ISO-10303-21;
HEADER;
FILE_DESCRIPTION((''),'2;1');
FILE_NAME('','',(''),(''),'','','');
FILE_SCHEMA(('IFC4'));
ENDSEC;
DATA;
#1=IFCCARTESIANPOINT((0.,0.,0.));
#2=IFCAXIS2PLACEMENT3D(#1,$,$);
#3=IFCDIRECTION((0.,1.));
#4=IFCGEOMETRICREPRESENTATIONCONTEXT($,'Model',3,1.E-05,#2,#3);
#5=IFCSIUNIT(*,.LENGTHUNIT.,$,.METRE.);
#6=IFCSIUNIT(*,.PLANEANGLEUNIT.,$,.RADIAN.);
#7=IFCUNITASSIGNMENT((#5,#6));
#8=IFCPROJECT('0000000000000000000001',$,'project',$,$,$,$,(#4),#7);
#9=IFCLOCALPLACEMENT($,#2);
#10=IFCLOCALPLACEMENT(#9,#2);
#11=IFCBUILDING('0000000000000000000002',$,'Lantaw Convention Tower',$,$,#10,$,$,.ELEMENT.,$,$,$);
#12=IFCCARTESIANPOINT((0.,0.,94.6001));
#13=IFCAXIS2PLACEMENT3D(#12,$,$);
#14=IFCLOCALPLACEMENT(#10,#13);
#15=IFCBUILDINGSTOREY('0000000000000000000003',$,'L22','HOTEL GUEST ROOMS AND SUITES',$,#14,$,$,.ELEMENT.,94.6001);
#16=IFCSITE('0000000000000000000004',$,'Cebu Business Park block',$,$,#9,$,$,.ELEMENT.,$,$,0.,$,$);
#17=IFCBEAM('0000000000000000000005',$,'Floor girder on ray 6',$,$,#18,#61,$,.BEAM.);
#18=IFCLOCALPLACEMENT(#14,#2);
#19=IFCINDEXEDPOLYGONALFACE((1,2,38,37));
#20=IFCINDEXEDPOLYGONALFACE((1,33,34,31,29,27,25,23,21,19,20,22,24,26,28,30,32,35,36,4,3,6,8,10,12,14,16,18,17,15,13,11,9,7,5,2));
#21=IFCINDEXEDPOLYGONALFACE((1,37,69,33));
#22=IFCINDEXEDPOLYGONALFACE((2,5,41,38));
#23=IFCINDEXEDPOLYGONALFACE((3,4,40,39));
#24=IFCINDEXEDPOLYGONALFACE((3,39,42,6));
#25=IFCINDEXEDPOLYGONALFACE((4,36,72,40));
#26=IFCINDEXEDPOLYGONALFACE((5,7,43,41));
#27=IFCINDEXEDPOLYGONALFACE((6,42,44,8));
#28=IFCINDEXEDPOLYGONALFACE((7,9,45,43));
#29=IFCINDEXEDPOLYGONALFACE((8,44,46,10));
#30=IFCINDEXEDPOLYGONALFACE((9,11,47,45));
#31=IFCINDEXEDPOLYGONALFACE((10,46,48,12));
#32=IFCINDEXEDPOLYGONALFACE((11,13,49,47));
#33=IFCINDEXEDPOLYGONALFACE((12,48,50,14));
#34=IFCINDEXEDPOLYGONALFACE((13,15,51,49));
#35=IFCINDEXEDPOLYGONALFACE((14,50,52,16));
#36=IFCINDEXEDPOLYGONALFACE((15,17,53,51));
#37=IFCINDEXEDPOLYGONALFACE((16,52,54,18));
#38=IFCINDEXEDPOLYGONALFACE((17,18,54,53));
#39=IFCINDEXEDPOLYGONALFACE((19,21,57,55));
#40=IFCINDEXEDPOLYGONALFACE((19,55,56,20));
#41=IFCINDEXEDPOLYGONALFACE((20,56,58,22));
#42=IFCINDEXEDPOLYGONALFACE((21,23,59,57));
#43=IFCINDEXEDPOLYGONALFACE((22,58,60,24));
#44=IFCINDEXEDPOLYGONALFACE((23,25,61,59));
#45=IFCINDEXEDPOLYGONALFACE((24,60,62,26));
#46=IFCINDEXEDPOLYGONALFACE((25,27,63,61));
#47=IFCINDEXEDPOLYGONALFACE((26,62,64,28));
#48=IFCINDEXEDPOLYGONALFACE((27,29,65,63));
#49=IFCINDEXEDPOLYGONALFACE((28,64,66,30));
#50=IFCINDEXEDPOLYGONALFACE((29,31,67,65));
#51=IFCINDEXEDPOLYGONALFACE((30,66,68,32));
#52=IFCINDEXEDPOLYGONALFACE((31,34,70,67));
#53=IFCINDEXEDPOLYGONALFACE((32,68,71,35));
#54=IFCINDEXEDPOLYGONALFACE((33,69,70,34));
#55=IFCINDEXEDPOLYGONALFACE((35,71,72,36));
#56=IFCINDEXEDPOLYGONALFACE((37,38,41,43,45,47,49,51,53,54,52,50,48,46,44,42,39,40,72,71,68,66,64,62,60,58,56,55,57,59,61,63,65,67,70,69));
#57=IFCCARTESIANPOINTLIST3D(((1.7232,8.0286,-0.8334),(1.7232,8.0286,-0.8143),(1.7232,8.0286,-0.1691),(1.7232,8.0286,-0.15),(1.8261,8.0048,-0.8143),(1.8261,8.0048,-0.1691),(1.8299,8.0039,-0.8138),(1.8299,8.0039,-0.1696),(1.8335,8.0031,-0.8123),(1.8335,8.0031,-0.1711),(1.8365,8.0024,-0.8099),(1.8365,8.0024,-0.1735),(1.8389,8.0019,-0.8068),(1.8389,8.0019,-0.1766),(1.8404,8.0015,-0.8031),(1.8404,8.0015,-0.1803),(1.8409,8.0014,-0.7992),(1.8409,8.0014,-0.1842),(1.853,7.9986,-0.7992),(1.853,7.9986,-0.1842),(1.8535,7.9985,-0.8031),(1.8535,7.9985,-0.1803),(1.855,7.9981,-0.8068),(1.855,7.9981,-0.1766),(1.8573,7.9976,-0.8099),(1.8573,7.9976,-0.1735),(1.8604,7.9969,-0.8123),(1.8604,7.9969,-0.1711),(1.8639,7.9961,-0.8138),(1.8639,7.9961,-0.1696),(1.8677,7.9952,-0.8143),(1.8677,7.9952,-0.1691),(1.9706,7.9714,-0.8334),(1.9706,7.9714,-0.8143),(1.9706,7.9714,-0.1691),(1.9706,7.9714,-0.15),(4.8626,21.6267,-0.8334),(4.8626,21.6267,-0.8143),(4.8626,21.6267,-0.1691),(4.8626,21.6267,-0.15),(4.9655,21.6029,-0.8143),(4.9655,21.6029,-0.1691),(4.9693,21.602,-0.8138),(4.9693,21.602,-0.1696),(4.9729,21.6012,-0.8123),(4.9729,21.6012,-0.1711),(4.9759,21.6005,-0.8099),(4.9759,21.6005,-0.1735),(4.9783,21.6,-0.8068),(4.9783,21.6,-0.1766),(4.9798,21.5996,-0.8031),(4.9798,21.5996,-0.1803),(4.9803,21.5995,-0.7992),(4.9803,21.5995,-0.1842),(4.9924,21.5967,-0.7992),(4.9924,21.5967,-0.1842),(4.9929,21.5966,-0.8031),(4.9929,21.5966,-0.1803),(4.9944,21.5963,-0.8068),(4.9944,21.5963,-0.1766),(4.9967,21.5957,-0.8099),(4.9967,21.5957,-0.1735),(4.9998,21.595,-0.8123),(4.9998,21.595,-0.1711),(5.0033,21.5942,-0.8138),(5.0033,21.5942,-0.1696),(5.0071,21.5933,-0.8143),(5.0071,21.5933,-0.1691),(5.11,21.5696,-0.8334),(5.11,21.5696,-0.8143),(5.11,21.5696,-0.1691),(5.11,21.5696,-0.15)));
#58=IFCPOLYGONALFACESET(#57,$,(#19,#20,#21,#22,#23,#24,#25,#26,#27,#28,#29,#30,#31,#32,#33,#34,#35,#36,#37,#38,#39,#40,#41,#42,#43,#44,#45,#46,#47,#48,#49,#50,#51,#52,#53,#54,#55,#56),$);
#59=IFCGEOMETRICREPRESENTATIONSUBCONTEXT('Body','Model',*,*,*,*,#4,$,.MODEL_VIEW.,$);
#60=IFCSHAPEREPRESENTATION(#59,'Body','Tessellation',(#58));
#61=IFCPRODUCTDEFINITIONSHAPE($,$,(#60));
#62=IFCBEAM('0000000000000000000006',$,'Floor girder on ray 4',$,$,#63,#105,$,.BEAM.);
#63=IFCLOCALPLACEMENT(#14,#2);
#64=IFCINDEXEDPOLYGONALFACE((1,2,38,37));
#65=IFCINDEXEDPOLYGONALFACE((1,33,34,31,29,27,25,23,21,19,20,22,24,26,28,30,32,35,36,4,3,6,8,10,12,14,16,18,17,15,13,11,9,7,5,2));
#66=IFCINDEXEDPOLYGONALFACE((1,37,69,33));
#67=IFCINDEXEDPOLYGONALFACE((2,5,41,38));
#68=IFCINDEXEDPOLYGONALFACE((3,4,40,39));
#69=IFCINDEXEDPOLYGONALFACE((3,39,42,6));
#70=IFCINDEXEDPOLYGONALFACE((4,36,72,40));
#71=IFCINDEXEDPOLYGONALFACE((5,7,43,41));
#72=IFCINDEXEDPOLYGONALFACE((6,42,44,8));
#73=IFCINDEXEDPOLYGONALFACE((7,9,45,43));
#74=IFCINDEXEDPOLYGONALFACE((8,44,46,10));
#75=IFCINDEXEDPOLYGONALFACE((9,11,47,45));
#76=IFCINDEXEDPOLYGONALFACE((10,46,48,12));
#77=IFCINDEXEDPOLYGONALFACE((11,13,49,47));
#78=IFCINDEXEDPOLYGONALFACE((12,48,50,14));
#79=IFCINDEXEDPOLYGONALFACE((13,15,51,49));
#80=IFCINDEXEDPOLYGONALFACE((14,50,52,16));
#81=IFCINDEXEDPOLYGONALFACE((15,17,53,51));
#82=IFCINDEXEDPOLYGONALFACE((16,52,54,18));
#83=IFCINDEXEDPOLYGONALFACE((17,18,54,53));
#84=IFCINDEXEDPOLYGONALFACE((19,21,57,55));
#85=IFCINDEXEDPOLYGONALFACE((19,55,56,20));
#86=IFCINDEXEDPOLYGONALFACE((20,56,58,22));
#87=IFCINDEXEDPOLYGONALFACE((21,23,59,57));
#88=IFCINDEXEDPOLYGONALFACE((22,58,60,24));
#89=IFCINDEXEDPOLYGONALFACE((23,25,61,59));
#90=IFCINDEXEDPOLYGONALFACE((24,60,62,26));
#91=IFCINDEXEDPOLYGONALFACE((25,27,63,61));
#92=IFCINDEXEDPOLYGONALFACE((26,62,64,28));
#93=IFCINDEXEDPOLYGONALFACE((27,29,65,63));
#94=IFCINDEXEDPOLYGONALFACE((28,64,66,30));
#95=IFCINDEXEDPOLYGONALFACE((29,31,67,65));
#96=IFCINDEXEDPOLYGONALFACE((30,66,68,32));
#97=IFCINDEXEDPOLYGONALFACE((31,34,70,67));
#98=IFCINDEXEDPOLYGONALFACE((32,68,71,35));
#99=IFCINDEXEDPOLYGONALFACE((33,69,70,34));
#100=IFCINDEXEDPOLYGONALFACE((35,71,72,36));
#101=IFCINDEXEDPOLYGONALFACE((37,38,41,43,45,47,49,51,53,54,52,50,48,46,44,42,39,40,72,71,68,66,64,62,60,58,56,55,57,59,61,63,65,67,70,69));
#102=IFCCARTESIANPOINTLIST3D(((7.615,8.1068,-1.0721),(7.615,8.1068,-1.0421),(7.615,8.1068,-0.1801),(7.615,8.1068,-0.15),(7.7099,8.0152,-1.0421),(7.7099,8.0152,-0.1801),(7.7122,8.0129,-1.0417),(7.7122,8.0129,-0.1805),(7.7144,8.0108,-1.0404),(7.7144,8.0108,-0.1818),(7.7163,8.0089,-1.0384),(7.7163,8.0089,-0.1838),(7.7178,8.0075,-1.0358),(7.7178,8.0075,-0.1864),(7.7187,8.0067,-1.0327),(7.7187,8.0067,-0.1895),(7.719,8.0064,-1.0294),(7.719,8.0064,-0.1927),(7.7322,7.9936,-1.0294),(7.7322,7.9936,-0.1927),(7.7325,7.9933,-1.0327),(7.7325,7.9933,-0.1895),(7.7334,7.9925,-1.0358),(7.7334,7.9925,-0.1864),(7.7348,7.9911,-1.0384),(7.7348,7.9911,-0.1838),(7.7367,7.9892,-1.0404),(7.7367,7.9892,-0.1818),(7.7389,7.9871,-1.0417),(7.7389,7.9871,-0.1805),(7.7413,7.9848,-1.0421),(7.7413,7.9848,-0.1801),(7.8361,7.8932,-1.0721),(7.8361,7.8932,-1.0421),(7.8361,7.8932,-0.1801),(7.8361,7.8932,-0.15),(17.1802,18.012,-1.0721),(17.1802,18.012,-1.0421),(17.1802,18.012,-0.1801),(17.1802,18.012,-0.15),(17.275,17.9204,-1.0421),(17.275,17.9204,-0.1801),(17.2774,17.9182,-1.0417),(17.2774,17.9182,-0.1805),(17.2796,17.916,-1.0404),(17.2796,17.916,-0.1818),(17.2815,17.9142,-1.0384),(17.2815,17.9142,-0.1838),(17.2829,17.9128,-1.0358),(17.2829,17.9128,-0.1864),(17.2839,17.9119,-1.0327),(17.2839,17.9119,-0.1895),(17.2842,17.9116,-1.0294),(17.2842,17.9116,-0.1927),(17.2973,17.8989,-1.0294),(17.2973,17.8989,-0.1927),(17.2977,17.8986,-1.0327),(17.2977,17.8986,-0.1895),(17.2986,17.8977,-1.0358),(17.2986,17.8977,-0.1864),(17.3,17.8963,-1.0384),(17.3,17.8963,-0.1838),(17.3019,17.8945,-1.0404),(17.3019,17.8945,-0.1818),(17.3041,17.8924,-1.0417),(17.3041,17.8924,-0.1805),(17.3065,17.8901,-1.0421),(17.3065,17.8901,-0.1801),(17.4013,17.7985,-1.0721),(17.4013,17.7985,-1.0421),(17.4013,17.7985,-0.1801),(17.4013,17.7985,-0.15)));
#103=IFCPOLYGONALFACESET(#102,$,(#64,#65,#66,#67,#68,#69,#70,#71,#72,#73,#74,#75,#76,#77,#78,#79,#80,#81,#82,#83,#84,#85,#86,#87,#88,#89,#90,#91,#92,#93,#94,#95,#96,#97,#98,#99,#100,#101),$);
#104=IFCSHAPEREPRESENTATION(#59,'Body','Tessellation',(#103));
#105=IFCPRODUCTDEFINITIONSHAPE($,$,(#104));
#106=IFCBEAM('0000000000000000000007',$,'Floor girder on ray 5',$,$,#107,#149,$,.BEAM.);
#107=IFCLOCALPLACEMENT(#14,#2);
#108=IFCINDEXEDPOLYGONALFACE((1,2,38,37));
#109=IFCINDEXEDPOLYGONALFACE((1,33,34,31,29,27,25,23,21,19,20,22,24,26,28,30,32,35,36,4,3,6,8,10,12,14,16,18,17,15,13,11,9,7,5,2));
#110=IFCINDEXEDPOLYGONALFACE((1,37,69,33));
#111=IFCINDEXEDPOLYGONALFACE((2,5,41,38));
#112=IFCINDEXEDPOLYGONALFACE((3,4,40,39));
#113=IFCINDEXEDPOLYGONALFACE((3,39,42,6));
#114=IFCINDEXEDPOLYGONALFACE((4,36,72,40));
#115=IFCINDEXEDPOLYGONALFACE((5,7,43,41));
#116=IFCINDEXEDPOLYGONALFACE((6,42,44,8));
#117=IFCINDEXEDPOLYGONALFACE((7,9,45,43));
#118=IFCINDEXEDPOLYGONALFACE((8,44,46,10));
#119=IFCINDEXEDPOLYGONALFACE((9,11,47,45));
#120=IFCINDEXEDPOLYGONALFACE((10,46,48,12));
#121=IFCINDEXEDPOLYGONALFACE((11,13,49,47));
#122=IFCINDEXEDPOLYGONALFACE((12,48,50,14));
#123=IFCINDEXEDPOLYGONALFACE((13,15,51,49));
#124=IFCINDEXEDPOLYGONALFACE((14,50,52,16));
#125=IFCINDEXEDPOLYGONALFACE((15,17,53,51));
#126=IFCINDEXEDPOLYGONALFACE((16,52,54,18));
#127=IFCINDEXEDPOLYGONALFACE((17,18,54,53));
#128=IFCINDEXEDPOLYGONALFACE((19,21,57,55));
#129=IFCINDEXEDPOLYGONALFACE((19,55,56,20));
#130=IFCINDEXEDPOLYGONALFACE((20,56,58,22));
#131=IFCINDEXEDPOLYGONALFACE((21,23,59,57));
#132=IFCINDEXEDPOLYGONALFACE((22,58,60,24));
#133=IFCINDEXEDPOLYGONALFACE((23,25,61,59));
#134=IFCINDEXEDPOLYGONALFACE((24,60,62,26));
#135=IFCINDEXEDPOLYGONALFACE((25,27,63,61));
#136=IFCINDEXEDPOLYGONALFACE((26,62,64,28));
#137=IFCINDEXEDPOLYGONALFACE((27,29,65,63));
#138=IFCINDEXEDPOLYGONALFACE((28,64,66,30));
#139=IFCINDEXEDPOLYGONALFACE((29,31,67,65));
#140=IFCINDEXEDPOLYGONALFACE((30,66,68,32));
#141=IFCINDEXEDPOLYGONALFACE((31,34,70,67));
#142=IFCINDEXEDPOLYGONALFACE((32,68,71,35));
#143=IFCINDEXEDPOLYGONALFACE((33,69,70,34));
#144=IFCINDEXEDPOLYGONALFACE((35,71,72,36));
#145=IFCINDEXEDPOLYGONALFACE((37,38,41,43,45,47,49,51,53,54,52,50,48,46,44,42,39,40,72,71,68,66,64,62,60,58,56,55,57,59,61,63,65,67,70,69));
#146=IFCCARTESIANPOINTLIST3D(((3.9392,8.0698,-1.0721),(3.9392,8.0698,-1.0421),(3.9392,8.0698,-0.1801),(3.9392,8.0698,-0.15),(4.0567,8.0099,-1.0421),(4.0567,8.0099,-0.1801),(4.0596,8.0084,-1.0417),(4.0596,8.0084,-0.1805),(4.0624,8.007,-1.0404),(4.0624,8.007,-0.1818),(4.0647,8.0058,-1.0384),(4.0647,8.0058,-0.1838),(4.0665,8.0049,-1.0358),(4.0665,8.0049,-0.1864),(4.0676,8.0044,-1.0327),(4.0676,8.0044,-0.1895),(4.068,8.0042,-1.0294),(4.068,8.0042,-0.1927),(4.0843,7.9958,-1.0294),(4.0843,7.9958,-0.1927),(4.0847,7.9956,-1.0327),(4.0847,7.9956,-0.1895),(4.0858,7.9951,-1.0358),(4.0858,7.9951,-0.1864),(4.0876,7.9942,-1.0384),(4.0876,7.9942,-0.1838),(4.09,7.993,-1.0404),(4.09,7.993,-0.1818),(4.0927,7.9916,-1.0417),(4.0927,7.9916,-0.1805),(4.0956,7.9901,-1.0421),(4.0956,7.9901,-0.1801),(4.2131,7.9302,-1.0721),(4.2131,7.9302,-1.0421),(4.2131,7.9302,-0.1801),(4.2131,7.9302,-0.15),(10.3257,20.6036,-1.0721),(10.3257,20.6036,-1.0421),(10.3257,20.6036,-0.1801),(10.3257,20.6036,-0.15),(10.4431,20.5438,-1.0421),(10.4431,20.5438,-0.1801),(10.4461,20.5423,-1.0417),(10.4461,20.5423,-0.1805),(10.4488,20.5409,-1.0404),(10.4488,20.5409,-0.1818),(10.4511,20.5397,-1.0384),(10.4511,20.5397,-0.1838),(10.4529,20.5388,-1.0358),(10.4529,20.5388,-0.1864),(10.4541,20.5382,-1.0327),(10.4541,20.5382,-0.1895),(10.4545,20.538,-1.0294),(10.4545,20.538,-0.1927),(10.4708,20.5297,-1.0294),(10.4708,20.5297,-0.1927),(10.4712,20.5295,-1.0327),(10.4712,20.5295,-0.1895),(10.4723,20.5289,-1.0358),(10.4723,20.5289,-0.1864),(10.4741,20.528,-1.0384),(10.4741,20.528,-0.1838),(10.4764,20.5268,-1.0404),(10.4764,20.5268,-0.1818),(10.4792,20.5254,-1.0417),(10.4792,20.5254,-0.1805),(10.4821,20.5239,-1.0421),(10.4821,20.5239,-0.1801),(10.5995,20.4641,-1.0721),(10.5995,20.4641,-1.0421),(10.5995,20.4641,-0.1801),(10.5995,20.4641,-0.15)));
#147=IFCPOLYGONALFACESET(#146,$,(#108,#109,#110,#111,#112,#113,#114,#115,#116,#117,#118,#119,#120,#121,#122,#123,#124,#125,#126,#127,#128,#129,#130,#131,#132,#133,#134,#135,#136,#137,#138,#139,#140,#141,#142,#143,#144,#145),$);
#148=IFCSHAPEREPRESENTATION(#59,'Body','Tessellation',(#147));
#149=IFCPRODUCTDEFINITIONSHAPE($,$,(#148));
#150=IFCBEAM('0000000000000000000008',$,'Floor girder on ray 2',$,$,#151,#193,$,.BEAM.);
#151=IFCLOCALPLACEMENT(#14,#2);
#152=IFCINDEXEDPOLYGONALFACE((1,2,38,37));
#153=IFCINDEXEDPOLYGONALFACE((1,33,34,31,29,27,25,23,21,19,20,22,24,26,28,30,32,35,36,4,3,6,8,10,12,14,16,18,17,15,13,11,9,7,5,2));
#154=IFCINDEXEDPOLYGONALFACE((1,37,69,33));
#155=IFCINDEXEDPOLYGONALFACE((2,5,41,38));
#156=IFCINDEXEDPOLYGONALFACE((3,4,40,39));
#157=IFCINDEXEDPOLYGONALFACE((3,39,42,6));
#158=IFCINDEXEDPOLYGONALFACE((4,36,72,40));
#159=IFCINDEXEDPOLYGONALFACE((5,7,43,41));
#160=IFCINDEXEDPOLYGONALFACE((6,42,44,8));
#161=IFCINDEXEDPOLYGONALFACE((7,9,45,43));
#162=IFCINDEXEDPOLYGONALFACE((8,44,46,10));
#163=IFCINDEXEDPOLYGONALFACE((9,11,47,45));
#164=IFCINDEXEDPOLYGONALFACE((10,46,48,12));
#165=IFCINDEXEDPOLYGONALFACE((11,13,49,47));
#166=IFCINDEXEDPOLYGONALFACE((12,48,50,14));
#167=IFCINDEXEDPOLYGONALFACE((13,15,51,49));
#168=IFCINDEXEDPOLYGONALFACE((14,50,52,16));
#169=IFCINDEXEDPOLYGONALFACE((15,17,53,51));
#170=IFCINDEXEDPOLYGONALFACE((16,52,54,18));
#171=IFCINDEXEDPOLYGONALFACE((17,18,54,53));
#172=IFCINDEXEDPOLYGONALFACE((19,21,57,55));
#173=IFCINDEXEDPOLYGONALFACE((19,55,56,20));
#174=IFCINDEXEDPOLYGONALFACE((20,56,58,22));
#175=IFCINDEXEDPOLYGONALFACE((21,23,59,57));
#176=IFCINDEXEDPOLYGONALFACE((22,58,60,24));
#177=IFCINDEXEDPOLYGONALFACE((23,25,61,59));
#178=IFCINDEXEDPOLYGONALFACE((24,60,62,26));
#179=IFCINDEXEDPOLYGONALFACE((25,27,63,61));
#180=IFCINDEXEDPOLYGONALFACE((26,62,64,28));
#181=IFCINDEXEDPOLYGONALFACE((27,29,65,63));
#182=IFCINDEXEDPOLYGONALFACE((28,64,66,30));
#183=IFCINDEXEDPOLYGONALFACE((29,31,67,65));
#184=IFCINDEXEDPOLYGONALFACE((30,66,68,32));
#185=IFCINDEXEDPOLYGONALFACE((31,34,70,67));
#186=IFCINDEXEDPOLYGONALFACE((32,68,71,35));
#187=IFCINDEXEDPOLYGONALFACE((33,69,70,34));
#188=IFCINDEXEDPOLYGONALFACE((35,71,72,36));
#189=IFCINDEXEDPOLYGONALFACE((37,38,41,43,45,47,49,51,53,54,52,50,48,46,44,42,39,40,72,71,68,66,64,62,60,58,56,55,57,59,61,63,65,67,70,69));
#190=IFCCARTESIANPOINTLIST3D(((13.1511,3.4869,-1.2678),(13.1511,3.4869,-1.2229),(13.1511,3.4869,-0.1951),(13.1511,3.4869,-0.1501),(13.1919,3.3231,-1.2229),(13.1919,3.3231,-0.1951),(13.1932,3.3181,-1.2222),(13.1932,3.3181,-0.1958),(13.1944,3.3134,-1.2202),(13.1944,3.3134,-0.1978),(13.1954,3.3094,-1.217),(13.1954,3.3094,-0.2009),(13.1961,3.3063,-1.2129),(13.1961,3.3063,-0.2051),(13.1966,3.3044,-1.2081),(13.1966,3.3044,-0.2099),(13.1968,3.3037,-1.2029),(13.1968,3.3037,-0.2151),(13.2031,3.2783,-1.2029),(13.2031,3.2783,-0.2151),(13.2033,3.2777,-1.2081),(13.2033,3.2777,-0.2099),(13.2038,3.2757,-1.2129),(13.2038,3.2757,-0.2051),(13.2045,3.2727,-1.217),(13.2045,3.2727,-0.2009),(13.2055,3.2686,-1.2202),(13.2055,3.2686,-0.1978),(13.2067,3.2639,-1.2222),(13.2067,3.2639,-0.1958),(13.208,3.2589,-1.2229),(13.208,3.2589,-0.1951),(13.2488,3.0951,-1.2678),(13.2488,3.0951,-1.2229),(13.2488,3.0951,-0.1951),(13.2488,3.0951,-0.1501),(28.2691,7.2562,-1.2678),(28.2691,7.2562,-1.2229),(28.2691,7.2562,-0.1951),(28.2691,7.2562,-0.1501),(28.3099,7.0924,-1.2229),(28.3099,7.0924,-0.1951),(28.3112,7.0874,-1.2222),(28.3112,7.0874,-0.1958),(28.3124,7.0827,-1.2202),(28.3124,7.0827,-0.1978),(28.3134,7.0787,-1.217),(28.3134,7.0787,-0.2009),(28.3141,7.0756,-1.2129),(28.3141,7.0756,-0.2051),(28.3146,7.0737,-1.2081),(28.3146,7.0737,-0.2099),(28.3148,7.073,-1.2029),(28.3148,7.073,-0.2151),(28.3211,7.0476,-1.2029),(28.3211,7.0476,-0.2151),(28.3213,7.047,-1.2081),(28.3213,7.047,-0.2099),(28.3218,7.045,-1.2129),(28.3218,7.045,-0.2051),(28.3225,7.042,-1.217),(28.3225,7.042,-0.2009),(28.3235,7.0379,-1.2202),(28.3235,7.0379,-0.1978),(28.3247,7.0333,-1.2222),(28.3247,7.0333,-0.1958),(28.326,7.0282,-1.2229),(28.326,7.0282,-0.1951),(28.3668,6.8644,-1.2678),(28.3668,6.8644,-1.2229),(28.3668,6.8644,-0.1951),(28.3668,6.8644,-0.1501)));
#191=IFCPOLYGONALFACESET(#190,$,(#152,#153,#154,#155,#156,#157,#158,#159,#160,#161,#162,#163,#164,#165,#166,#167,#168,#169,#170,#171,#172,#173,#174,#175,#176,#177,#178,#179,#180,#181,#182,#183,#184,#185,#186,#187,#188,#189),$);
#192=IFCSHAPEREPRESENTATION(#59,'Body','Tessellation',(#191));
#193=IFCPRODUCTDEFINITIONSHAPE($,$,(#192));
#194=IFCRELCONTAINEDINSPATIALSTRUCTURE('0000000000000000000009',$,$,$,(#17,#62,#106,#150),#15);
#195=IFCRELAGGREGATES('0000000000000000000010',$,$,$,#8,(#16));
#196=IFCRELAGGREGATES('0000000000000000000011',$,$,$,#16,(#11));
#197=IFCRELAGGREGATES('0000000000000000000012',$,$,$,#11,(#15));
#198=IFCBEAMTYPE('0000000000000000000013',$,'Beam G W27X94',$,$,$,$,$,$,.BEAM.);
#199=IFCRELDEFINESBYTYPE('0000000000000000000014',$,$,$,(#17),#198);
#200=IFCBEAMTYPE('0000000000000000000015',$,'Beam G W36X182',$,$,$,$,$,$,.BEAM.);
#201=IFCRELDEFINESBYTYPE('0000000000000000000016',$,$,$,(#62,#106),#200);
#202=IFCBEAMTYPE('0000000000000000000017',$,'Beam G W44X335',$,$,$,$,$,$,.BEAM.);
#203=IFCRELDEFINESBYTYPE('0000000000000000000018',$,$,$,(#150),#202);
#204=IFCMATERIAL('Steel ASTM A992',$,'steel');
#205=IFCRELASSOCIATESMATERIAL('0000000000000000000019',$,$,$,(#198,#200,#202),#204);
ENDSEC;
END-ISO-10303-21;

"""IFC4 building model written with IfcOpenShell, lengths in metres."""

from ifc_helpers import new_model, si_unit, direction, frame, origin, origin_2d, place, context, subcontext, project, spatial, i_section, extrude, material, material_profile, profile_set, type_object, element, save


model = new_model("IFC4")

# Units and contexts
model_context = context("Model", 3, precision=1e-05, world=origin(), true_north=direction((0.0, 1.0)))
body_context = subcontext(model_context, "Body", "Model", "MODEL_VIEW")
ifc_project = project(units=[si_unit("LENGTHUNIT", "METRE"), si_unit("PLANEANGLEUNIT", "RADIAN")], contexts=[model_context])

# Site, building, storey
site_placement = place(None, origin())
site = spatial("IfcSite", under=ifc_project, at=site_placement, Name="Cebu Business Park block", CompositionType="ELEMENT", RefElevation=0.0)
building_placement = place(site_placement, origin())
building = spatial("IfcBuilding", under=site, at=building_placement, Name="Lantaw Convention Tower", CompositionType="ELEMENT")
storey_placement = place(building_placement, frame((0.0, 0.0, 94.6001)))
storey = spatial("IfcBuildingStorey", under=building, at=storey_placement, Name="L22", Description="HOTEL GUEST ROOMS AND SUITES", CompositionType="ELEMENT", Elevation=94.6001)

# Beams
ifc_material_1 = material(Name="Steel ASTM A992", Category="steel")
ifc_material_profile_1 = material_profile(ifc_material_1, i_section(OverallWidth=0.2539, OverallDepth=0.6833, WebThickness=0.0125, FlangeThickness=0.019, FilletRadius=0.0151, at=origin_2d()), Name="W27X94")
ifc_profile_set_1 = profile_set([ifc_material_profile_1], Name="Steel ASTM A992")
beam_type_1 = type_object("IfcBeamType", Name="Beam G W27X94", PredefinedType="BEAM", material=ifc_profile_set_1)
beam_1_placement = place(storey_placement, frame((1.8469, 8.0, -0.4917), z_axis=(0.224953, 0.97437, 0.0), x_axis=(-0.97437, 0.224953, 0.0)))
element("IfcBeam", 1, at=beam_1_placement, inside=storey, type_object=beam_type_1, Name="Floor girder on ray 6", PredefinedType="BEAM", context=body_context, shape_type="SweptSolid", body=[
    extrude(i_section(OverallWidth=0.2539, OverallDepth=0.6833, WebThickness=0.0125, FlangeThickness=0.019, FilletRadius=0.0151, at=origin_2d()), origin(), (0.0, 0.0, 1.0), 13.9558),
])
ifc_material_profile_2 = material_profile(ifc_material_1, i_section(OverallWidth=0.3074, OverallDepth=0.9221, WebThickness=0.0183, FlangeThickness=0.03, FilletRadius=0.0127, at=origin_2d()), Name="W36X182")
ifc_profile_set_2 = profile_set([ifc_material_profile_2], Name="Steel ASTM A992")
beam_type_2 = type_object("IfcBeamType", Name="Beam G W36X182", PredefinedType="BEAM", material=ifc_profile_set_2)
beam_2_placement = place(storey_placement, frame((7.7256, 8.0, -0.6111), z_axis=(0.69465, 0.719348, 0.0), x_axis=(-0.719348, 0.69465, 0.0)))
element("IfcBeam", 2, at=beam_2_placement, inside=storey, type_object=beam_type_2, Name="Floor girder on ray 4", PredefinedType="BEAM", context=body_context, shape_type="SweptSolid", body=[
    extrude(i_section(OverallWidth=0.3074, OverallDepth=0.9221, WebThickness=0.0183, FlangeThickness=0.03, FilletRadius=0.0127, at=origin_2d()), origin(), (0.0, 0.0, 1.0), 13.7698),
])
beam_3_placement = place(storey_placement, frame((4.0762, 8.0, -0.6111), z_axis=(0.453997, 0.891003, 0.0), x_axis=(-0.891003, 0.453997, 0.0)))
element("IfcBeam", 3, at=beam_3_placement, inside=storey, type_object=beam_type_2, Name="Floor girder on ray 5", PredefinedType="BEAM", context=body_context, shape_type="SweptSolid", body=[
    extrude(i_section(OverallWidth=0.3074, OverallDepth=0.9221, WebThickness=0.0183, FlangeThickness=0.03, FilletRadius=0.0127, at=origin_2d()), origin(), (0.0, 0.0, 1.0), 14.0671),
])
ifc_material_profile_3 = material_profile(ifc_material_1, i_section(OverallWidth=0.4038, OverallDepth=1.1177, WebThickness=0.0261, FlangeThickness=0.0449, FilletRadius=0.02, at=origin_2d()), Name="W44X335")
ifc_profile_set_3 = profile_set([ifc_material_profile_3], Name="Steel ASTM A992")
beam_type_3 = type_object("IfcBeamType", Name="Beam G W44X335", PredefinedType="BEAM", material=ifc_profile_set_3)
beam_4_placement = place(storey_placement, frame((13.2, 3.291, -0.709), z_axis=(0.970296, 0.24192, 0.0), x_axis=(-0.24192, 0.970296, 0.0)))
element("IfcBeam", 4, at=beam_4_placement, inside=storey, type_object=beam_type_3, Name="Floor girder on ray 2", PredefinedType="BEAM", context=body_context, shape_type="SweptSolid", body=[
    extrude(i_section(OverallWidth=0.4038, OverallDepth=1.1177, WebThickness=0.0261, FlangeThickness=0.0449, FilletRadius=0.02, at=origin_2d()), origin(), (0.0, 0.0, 1.0), 15.5808),
])

save(model, "model.ifc")
